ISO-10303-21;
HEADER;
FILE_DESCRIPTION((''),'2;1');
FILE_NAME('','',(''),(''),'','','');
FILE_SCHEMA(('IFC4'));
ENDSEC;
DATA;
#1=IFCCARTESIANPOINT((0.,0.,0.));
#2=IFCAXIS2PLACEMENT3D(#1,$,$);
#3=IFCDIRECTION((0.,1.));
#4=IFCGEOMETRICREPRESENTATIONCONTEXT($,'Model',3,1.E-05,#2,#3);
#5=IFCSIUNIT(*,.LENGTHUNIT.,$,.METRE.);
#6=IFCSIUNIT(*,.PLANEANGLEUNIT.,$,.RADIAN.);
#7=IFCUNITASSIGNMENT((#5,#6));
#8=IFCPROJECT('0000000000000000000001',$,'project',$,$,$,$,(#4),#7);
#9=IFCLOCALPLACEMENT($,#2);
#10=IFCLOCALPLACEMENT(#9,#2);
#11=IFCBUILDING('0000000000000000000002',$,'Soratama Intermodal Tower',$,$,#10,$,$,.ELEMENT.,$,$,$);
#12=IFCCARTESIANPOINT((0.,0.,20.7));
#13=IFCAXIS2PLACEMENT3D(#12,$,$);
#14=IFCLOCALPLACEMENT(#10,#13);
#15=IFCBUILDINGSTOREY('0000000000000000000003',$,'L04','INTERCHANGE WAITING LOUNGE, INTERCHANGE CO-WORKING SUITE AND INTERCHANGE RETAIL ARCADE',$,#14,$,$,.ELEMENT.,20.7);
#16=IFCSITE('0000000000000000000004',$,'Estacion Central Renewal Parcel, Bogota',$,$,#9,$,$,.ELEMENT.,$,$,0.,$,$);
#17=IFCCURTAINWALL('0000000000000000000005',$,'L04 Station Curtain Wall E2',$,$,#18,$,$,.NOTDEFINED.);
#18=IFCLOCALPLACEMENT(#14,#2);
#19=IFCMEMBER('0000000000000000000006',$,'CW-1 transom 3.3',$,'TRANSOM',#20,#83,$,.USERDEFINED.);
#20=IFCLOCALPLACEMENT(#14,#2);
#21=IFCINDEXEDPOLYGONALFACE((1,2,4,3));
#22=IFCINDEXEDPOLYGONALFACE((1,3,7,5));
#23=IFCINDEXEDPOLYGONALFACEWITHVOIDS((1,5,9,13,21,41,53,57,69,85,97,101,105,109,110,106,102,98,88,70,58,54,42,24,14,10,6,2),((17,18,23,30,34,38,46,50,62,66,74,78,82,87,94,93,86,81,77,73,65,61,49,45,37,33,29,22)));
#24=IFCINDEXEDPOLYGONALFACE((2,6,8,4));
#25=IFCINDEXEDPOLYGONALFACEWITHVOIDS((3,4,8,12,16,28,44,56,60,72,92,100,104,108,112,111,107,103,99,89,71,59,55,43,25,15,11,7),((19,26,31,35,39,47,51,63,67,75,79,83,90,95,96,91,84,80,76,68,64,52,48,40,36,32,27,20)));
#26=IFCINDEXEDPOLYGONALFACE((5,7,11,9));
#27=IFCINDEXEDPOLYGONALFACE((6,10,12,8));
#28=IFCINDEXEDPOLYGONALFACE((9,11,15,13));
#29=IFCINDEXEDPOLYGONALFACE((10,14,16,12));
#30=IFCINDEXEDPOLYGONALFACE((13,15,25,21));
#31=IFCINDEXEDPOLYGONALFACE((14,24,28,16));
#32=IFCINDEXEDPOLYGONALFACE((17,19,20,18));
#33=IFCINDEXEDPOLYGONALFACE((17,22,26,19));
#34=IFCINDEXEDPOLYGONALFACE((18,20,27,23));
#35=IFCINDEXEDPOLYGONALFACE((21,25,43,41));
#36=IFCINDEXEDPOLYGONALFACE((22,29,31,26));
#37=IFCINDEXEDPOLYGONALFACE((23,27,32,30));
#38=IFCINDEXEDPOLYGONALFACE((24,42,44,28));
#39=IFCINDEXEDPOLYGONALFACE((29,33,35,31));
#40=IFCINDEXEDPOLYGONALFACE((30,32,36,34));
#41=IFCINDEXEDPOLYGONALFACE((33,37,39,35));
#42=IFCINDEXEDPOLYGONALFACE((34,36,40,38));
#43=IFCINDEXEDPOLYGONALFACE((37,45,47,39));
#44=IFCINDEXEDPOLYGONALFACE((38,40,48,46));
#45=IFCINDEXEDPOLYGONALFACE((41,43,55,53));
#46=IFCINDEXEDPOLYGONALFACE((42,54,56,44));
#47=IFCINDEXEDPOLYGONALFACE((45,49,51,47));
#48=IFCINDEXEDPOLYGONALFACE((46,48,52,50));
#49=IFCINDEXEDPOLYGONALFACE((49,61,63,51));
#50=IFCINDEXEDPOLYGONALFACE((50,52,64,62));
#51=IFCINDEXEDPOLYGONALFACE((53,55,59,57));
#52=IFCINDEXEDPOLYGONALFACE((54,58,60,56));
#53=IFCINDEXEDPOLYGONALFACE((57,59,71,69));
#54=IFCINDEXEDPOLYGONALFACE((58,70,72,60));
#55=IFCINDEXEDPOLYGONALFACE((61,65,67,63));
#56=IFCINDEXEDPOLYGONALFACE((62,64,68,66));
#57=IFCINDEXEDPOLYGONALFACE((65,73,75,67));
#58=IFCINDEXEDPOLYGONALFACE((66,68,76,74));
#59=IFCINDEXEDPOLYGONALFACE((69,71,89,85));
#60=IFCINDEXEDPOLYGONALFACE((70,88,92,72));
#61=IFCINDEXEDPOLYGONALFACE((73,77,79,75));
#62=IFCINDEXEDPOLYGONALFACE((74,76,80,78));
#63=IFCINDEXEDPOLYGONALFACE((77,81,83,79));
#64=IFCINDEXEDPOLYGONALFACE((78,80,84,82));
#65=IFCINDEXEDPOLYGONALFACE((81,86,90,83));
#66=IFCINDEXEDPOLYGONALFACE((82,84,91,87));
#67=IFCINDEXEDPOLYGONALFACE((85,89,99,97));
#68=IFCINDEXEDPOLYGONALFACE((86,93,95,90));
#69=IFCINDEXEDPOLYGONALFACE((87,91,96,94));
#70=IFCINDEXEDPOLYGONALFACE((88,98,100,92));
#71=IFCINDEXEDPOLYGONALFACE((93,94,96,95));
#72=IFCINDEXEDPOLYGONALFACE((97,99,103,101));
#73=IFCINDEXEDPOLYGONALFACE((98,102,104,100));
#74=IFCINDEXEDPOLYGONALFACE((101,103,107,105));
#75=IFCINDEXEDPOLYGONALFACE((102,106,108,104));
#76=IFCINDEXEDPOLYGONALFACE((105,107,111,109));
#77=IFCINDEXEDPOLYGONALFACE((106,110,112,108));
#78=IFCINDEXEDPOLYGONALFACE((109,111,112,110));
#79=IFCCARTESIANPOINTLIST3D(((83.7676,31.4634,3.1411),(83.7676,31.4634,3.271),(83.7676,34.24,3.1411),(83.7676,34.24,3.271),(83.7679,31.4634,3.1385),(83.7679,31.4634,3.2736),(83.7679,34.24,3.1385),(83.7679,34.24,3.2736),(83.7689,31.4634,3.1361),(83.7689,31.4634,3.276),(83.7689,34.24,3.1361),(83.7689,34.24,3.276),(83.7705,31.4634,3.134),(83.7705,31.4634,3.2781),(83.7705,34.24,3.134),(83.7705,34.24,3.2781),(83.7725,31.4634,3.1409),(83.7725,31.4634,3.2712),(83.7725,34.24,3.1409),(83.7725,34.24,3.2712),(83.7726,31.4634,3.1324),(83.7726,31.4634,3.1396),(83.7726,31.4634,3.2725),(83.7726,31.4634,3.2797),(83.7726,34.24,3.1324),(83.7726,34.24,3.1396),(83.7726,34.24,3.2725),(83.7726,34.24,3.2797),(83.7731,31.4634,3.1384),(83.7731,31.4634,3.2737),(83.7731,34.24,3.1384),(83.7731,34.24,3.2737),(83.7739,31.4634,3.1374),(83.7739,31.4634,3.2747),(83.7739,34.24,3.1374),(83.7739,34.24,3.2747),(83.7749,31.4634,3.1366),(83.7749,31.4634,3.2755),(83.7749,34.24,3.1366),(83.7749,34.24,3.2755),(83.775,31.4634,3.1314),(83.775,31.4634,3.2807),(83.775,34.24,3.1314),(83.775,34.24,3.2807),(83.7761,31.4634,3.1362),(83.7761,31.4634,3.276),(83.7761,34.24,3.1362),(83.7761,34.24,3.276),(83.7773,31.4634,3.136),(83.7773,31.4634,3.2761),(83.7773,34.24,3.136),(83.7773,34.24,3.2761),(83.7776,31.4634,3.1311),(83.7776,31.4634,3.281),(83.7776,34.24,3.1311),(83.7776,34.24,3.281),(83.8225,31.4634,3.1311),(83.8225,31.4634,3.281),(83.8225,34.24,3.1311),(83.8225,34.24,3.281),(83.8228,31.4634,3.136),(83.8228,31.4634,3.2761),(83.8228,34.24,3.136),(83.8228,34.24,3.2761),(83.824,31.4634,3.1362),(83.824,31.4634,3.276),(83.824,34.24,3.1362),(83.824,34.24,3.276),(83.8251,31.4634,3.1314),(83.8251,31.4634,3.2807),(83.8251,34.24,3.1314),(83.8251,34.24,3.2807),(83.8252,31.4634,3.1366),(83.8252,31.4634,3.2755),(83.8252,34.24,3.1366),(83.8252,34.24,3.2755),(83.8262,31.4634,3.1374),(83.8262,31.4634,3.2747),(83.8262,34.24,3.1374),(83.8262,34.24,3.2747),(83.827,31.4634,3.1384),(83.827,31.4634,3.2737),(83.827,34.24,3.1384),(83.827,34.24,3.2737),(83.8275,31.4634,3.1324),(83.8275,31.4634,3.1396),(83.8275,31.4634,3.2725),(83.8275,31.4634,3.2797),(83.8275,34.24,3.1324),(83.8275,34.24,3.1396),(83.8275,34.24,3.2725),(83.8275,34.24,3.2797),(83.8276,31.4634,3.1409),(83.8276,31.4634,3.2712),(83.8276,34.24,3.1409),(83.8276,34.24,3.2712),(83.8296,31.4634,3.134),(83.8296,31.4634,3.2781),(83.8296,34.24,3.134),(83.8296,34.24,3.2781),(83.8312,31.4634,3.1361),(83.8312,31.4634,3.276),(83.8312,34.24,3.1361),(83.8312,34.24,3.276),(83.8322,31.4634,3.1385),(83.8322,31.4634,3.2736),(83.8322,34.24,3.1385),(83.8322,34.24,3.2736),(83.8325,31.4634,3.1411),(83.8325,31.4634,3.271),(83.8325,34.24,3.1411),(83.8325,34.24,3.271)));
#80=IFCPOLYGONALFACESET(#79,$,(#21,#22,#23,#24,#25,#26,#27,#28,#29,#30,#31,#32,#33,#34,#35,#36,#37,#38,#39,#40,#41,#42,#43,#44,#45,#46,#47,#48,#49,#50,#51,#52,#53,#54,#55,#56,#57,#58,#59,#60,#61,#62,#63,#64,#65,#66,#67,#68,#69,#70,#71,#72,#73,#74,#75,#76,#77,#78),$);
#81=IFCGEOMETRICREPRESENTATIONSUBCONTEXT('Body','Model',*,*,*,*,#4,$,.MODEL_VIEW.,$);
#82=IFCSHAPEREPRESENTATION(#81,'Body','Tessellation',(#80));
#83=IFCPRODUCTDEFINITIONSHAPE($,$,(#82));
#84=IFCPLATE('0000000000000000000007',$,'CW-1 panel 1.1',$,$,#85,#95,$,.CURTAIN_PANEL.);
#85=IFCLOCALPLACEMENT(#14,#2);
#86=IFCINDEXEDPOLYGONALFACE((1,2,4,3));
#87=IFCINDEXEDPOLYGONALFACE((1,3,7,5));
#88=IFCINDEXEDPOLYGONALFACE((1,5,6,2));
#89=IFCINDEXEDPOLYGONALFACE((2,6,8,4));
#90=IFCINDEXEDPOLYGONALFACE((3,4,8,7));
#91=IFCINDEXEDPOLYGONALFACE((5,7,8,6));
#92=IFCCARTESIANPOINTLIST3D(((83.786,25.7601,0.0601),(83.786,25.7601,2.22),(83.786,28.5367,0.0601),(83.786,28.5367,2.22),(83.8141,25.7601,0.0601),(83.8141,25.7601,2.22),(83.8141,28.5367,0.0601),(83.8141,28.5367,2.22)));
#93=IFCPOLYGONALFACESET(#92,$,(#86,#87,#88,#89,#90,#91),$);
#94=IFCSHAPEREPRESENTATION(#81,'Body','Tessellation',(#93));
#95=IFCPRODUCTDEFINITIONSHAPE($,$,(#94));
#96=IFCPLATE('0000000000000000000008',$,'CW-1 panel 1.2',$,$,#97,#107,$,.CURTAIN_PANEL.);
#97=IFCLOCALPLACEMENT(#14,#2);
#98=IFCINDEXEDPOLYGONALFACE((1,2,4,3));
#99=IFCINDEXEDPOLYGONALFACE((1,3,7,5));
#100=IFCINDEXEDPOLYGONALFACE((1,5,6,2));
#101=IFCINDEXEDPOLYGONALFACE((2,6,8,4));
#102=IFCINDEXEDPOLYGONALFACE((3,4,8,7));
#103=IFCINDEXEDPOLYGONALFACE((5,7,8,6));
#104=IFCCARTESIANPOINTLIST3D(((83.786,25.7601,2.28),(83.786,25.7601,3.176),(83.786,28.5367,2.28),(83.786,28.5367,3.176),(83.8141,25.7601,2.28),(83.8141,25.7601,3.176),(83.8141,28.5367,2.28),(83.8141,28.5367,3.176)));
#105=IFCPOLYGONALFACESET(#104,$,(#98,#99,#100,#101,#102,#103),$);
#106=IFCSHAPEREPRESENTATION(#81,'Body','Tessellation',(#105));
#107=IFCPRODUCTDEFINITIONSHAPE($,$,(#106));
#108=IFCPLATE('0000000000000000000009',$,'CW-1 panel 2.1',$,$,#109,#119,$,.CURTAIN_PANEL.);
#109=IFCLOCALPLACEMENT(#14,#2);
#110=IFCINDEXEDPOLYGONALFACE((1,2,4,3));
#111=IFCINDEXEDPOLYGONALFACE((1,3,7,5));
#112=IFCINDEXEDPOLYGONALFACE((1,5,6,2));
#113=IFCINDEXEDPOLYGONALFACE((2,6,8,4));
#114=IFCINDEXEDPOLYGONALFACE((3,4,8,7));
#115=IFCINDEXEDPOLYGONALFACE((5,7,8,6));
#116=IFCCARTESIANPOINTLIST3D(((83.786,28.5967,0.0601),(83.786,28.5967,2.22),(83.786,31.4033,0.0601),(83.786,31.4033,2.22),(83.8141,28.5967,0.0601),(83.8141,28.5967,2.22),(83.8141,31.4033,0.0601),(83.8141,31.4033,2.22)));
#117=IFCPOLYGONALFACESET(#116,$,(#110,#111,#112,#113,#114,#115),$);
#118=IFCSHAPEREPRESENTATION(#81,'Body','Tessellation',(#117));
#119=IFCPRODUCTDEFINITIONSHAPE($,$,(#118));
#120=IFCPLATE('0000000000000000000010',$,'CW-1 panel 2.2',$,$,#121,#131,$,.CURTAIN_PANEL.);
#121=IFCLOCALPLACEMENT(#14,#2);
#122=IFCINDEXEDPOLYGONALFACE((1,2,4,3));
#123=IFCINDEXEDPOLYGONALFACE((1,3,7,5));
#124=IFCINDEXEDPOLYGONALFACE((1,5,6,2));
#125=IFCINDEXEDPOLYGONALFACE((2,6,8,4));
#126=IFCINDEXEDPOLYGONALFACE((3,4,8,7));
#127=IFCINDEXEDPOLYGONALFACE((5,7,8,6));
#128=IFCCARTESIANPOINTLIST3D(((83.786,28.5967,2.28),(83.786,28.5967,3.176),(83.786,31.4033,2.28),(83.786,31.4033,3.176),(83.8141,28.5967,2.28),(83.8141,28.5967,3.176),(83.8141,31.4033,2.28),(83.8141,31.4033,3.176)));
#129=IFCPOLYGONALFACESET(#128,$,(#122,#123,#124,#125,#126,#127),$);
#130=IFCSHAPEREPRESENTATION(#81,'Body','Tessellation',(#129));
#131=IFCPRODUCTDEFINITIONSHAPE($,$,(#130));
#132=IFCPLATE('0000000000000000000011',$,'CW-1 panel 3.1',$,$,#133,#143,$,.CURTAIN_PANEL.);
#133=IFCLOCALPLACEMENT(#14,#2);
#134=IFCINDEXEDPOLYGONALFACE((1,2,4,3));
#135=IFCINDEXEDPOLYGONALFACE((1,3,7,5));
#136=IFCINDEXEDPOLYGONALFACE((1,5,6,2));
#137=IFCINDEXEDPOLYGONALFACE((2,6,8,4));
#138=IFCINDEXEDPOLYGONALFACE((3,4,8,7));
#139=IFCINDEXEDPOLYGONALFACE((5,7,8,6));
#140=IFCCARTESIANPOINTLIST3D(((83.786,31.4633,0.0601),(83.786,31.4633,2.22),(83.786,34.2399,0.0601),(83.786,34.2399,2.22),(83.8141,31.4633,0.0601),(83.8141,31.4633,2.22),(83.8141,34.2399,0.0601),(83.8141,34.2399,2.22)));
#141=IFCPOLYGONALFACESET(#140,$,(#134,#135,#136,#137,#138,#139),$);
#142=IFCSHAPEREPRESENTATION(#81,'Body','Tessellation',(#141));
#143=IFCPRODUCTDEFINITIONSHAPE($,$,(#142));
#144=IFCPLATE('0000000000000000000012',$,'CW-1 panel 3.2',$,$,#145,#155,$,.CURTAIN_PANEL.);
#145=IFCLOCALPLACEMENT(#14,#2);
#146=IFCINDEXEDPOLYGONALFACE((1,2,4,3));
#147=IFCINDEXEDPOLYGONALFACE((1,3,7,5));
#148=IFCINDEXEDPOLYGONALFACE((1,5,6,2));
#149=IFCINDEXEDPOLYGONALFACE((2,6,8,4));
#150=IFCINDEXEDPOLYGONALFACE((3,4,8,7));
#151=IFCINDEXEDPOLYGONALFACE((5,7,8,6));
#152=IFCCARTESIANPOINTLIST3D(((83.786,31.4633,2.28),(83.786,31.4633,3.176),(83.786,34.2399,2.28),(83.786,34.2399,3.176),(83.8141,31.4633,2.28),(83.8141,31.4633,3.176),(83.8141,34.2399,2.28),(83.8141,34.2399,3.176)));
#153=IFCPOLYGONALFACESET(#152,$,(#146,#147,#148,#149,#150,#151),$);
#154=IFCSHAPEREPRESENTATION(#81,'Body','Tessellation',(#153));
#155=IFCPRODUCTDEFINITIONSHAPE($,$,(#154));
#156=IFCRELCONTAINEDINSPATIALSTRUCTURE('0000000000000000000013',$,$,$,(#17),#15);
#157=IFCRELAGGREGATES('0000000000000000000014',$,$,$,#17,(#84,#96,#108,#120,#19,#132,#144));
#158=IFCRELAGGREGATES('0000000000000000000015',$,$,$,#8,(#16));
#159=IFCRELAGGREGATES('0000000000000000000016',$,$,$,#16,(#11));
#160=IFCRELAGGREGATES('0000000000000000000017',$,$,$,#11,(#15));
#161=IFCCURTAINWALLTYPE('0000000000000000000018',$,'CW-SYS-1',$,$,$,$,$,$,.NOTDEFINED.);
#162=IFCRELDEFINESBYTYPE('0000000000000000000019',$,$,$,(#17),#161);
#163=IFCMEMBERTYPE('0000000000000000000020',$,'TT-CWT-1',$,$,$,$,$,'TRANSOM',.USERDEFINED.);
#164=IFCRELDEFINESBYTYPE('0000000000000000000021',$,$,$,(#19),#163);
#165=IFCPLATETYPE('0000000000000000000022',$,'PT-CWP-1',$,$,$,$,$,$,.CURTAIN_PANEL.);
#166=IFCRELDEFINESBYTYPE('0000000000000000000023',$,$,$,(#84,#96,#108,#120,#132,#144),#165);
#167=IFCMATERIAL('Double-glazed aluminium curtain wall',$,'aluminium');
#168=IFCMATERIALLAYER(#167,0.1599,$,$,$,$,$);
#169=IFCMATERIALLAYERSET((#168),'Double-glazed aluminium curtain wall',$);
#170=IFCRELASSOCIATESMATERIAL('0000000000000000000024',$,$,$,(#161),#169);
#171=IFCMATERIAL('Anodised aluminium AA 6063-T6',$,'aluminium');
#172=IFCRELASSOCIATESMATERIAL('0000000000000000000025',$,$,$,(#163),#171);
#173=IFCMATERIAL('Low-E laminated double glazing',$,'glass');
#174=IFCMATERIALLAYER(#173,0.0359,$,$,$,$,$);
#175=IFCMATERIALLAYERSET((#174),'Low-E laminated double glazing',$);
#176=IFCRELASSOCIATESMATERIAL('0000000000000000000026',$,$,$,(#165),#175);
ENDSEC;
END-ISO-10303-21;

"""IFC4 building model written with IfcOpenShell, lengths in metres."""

from ifc_helpers import new_model, si_unit, direction, frame, origin, origin_2d, place, context, subcontext, project, spatial, rectangle, hollow_rectangle, extrude, material, layer, layer_set, material_profile, profile_set, type_object, element, aggregate, save


model = new_model("IFC4")

# Units and contexts
model_context = context("Model", 3, precision=1e-05, world=origin(), true_north=direction((0.0, 1.0)))
body_context = subcontext(model_context, "Body", "Model", "MODEL_VIEW")
ifc_project = project(units=[si_unit("LENGTHUNIT", "METRE"), si_unit("PLANEANGLEUNIT", "RADIAN")], contexts=[model_context])

# Site, building, storey
site_placement = place(None, origin())
site = spatial("IfcSite", under=ifc_project, at=site_placement, Name="Estacion Central Renewal Parcel, Bogota", CompositionType="ELEMENT", RefElevation=0.0)
building_placement = place(site_placement, origin())
building = spatial("IfcBuilding", under=site, at=building_placement, Name="Soratama Intermodal Tower", CompositionType="ELEMENT")
storey_placement = place(building_placement, frame((0.0, 0.0, 20.7)))
storey = spatial("IfcBuildingStorey", under=building, at=storey_placement, Name="L04", Description="INTERCHANGE WAITING LOUNGE, INTERCHANGE CO-WORKING SUITE AND INTERCHANGE RETAIL ARCADE", CompositionType="ELEMENT", Elevation=20.7)

# Curtain wall, member, plates
ifc_material_1 = material(Name="Double-glazed aluminium curtain wall", Category="aluminium")
ifc_layer_1 = layer(ifc_material_1, 0.1599)
ifc_layer_set_1 = layer_set([ifc_layer_1], Name="Double-glazed aluminium curtain wall")
curtain_wall_type = type_object("IfcCurtainWallType", Name="CW-SYS-1", PredefinedType="NOTDEFINED", material=ifc_layer_set_1)
curtain_wall_placement = place(storey_placement, origin())
curtain_wall = element("IfcCurtainWall", 1, at=curtain_wall_placement, inside=storey, type_object=curtain_wall_type, Name="L04 Station Curtain Wall E2", PredefinedType="NOTDEFINED")
ifc_material_2 = material(Name="Anodised aluminium AA 6063-T6", Category="aluminium")
ifc_material_profile_1 = material_profile(ifc_material_2, hollow_rectangle(XDim=0.0649, YDim=0.1499, WallThickness=0.0049, InnerFilletRadius=0.0049, OuterFilletRadius=0.01, at=origin_2d()), Name="CWT150X65X5")
ifc_profile_set_1 = profile_set([ifc_material_profile_1], Name="Anodised aluminium AA 6063-T6")
member_type_1 = type_object("IfcMemberType", Name="TT-CWT-1", ElementType="TRANSOM", PredefinedType="USERDEFINED", material=ifc_profile_set_1)
member_1_placement = place(storey_placement, frame((83.8, 31.4634, 3.2061), z_axis=(0.0, 1.0, 0.0), x_axis=(-1.0, 0.0, 0.0)))
member_1 = element("IfcMember", 2, at=member_1_placement, type_object=member_type_1, Name="CW-1 transom 3.3", ObjectType="TRANSOM", PredefinedType="USERDEFINED", context=body_context, shape_type="SweptSolid", body=[
    extrude(hollow_rectangle(XDim=0.0649, YDim=0.1499, WallThickness=0.0049, InnerFilletRadius=0.0049, OuterFilletRadius=0.01, at=origin_2d()), origin(), (0.0, 0.0, 1.0), 2.7766),
])
ifc_material_3 = material(Name="Low-E laminated double glazing", Category="glass")
ifc_layer_2 = layer(ifc_material_3, 0.0359)
ifc_layer_set_2 = layer_set([ifc_layer_2], Name="Low-E laminated double glazing")
plate_type = type_object("IfcPlateType", Name="PT-CWP-1", PredefinedType="CURTAIN_PANEL", material=ifc_layer_set_2)
plate_1_placement = place(storey_placement, frame((83.8, 27.1484, 0.0601), z_axis=(0.0, 0.0, 1.0), x_axis=(0.0, 1.0, 0.0)))
plate_1 = element("IfcPlate", 3, at=plate_1_placement, type_object=plate_type, Name="CW-1 panel 1.1", PredefinedType="CURTAIN_PANEL", context=body_context, shape_type="SweptSolid", body=[
    extrude(rectangle(XDim=2.7766, YDim=0.0281, at=origin_2d()), origin(), (0.0, 0.0, 1.0), 2.1599),
])
plate_2_placement = place(storey_placement, frame((83.8, 27.1484, 2.28), z_axis=(0.0, 0.0, 1.0), x_axis=(0.0, 1.0, 0.0)))
plate_2 = element("IfcPlate", 4, at=plate_2_placement, type_object=plate_type, Name="CW-1 panel 1.2", PredefinedType="CURTAIN_PANEL", context=body_context, shape_type="SweptSolid", body=[
    extrude(rectangle(XDim=2.7766, YDim=0.0281, at=origin_2d()), origin(), (0.0, 0.0, 1.0), 0.896),
])
plate_3_placement = place(storey_placement, frame((83.8, 30.0, 0.0601), z_axis=(0.0, 0.0, 1.0), x_axis=(0.0, 1.0, 0.0)))
plate_3 = element("IfcPlate", 5, at=plate_3_placement, type_object=plate_type, Name="CW-1 panel 2.1", PredefinedType="CURTAIN_PANEL", context=body_context, shape_type="SweptSolid", body=[
    extrude(rectangle(XDim=2.8066, YDim=0.0281, at=origin_2d()), origin(), (0.0, 0.0, 1.0), 2.1599),
])
plate_4_placement = place(storey_placement, frame((83.8, 30.0, 2.28), z_axis=(0.0, 0.0, 1.0), x_axis=(0.0, 1.0, 0.0)))
plate_4 = element("IfcPlate", 6, at=plate_4_placement, type_object=plate_type, Name="CW-1 panel 2.2", PredefinedType="CURTAIN_PANEL", context=body_context, shape_type="SweptSolid", body=[
    extrude(rectangle(XDim=2.8066, YDim=0.0281, at=origin_2d()), origin(), (0.0, 0.0, 1.0), 0.896),
])
plate_5_placement = place(storey_placement, frame((83.8, 32.8516, 0.0601), z_axis=(0.0, 0.0, 1.0), x_axis=(0.0, 1.0, 0.0)))
plate_5 = element("IfcPlate", 7, at=plate_5_placement, type_object=plate_type, Name="CW-1 panel 3.1", PredefinedType="CURTAIN_PANEL", context=body_context, shape_type="SweptSolid", body=[
    extrude(rectangle(XDim=2.7766, YDim=0.0281, at=origin_2d()), origin(), (0.0, 0.0, 1.0), 2.1599),
])
plate_6_placement = place(storey_placement, frame((83.8, 32.8516, 2.28), z_axis=(0.0, 0.0, 1.0), x_axis=(0.0, 1.0, 0.0)))
plate_6 = element("IfcPlate", 8, at=plate_6_placement, type_object=plate_type, Name="CW-1 panel 3.2", PredefinedType="CURTAIN_PANEL", context=body_context, shape_type="SweptSolid", body=[
    extrude(rectangle(XDim=2.7766, YDim=0.0281, at=origin_2d()), origin(), (0.0, 0.0, 1.0), 0.896),
])
aggregate(curtain_wall, [plate_1, plate_2, plate_3, plate_4, member_1, plate_5, plate_6])

save(model, "model.ifc")
